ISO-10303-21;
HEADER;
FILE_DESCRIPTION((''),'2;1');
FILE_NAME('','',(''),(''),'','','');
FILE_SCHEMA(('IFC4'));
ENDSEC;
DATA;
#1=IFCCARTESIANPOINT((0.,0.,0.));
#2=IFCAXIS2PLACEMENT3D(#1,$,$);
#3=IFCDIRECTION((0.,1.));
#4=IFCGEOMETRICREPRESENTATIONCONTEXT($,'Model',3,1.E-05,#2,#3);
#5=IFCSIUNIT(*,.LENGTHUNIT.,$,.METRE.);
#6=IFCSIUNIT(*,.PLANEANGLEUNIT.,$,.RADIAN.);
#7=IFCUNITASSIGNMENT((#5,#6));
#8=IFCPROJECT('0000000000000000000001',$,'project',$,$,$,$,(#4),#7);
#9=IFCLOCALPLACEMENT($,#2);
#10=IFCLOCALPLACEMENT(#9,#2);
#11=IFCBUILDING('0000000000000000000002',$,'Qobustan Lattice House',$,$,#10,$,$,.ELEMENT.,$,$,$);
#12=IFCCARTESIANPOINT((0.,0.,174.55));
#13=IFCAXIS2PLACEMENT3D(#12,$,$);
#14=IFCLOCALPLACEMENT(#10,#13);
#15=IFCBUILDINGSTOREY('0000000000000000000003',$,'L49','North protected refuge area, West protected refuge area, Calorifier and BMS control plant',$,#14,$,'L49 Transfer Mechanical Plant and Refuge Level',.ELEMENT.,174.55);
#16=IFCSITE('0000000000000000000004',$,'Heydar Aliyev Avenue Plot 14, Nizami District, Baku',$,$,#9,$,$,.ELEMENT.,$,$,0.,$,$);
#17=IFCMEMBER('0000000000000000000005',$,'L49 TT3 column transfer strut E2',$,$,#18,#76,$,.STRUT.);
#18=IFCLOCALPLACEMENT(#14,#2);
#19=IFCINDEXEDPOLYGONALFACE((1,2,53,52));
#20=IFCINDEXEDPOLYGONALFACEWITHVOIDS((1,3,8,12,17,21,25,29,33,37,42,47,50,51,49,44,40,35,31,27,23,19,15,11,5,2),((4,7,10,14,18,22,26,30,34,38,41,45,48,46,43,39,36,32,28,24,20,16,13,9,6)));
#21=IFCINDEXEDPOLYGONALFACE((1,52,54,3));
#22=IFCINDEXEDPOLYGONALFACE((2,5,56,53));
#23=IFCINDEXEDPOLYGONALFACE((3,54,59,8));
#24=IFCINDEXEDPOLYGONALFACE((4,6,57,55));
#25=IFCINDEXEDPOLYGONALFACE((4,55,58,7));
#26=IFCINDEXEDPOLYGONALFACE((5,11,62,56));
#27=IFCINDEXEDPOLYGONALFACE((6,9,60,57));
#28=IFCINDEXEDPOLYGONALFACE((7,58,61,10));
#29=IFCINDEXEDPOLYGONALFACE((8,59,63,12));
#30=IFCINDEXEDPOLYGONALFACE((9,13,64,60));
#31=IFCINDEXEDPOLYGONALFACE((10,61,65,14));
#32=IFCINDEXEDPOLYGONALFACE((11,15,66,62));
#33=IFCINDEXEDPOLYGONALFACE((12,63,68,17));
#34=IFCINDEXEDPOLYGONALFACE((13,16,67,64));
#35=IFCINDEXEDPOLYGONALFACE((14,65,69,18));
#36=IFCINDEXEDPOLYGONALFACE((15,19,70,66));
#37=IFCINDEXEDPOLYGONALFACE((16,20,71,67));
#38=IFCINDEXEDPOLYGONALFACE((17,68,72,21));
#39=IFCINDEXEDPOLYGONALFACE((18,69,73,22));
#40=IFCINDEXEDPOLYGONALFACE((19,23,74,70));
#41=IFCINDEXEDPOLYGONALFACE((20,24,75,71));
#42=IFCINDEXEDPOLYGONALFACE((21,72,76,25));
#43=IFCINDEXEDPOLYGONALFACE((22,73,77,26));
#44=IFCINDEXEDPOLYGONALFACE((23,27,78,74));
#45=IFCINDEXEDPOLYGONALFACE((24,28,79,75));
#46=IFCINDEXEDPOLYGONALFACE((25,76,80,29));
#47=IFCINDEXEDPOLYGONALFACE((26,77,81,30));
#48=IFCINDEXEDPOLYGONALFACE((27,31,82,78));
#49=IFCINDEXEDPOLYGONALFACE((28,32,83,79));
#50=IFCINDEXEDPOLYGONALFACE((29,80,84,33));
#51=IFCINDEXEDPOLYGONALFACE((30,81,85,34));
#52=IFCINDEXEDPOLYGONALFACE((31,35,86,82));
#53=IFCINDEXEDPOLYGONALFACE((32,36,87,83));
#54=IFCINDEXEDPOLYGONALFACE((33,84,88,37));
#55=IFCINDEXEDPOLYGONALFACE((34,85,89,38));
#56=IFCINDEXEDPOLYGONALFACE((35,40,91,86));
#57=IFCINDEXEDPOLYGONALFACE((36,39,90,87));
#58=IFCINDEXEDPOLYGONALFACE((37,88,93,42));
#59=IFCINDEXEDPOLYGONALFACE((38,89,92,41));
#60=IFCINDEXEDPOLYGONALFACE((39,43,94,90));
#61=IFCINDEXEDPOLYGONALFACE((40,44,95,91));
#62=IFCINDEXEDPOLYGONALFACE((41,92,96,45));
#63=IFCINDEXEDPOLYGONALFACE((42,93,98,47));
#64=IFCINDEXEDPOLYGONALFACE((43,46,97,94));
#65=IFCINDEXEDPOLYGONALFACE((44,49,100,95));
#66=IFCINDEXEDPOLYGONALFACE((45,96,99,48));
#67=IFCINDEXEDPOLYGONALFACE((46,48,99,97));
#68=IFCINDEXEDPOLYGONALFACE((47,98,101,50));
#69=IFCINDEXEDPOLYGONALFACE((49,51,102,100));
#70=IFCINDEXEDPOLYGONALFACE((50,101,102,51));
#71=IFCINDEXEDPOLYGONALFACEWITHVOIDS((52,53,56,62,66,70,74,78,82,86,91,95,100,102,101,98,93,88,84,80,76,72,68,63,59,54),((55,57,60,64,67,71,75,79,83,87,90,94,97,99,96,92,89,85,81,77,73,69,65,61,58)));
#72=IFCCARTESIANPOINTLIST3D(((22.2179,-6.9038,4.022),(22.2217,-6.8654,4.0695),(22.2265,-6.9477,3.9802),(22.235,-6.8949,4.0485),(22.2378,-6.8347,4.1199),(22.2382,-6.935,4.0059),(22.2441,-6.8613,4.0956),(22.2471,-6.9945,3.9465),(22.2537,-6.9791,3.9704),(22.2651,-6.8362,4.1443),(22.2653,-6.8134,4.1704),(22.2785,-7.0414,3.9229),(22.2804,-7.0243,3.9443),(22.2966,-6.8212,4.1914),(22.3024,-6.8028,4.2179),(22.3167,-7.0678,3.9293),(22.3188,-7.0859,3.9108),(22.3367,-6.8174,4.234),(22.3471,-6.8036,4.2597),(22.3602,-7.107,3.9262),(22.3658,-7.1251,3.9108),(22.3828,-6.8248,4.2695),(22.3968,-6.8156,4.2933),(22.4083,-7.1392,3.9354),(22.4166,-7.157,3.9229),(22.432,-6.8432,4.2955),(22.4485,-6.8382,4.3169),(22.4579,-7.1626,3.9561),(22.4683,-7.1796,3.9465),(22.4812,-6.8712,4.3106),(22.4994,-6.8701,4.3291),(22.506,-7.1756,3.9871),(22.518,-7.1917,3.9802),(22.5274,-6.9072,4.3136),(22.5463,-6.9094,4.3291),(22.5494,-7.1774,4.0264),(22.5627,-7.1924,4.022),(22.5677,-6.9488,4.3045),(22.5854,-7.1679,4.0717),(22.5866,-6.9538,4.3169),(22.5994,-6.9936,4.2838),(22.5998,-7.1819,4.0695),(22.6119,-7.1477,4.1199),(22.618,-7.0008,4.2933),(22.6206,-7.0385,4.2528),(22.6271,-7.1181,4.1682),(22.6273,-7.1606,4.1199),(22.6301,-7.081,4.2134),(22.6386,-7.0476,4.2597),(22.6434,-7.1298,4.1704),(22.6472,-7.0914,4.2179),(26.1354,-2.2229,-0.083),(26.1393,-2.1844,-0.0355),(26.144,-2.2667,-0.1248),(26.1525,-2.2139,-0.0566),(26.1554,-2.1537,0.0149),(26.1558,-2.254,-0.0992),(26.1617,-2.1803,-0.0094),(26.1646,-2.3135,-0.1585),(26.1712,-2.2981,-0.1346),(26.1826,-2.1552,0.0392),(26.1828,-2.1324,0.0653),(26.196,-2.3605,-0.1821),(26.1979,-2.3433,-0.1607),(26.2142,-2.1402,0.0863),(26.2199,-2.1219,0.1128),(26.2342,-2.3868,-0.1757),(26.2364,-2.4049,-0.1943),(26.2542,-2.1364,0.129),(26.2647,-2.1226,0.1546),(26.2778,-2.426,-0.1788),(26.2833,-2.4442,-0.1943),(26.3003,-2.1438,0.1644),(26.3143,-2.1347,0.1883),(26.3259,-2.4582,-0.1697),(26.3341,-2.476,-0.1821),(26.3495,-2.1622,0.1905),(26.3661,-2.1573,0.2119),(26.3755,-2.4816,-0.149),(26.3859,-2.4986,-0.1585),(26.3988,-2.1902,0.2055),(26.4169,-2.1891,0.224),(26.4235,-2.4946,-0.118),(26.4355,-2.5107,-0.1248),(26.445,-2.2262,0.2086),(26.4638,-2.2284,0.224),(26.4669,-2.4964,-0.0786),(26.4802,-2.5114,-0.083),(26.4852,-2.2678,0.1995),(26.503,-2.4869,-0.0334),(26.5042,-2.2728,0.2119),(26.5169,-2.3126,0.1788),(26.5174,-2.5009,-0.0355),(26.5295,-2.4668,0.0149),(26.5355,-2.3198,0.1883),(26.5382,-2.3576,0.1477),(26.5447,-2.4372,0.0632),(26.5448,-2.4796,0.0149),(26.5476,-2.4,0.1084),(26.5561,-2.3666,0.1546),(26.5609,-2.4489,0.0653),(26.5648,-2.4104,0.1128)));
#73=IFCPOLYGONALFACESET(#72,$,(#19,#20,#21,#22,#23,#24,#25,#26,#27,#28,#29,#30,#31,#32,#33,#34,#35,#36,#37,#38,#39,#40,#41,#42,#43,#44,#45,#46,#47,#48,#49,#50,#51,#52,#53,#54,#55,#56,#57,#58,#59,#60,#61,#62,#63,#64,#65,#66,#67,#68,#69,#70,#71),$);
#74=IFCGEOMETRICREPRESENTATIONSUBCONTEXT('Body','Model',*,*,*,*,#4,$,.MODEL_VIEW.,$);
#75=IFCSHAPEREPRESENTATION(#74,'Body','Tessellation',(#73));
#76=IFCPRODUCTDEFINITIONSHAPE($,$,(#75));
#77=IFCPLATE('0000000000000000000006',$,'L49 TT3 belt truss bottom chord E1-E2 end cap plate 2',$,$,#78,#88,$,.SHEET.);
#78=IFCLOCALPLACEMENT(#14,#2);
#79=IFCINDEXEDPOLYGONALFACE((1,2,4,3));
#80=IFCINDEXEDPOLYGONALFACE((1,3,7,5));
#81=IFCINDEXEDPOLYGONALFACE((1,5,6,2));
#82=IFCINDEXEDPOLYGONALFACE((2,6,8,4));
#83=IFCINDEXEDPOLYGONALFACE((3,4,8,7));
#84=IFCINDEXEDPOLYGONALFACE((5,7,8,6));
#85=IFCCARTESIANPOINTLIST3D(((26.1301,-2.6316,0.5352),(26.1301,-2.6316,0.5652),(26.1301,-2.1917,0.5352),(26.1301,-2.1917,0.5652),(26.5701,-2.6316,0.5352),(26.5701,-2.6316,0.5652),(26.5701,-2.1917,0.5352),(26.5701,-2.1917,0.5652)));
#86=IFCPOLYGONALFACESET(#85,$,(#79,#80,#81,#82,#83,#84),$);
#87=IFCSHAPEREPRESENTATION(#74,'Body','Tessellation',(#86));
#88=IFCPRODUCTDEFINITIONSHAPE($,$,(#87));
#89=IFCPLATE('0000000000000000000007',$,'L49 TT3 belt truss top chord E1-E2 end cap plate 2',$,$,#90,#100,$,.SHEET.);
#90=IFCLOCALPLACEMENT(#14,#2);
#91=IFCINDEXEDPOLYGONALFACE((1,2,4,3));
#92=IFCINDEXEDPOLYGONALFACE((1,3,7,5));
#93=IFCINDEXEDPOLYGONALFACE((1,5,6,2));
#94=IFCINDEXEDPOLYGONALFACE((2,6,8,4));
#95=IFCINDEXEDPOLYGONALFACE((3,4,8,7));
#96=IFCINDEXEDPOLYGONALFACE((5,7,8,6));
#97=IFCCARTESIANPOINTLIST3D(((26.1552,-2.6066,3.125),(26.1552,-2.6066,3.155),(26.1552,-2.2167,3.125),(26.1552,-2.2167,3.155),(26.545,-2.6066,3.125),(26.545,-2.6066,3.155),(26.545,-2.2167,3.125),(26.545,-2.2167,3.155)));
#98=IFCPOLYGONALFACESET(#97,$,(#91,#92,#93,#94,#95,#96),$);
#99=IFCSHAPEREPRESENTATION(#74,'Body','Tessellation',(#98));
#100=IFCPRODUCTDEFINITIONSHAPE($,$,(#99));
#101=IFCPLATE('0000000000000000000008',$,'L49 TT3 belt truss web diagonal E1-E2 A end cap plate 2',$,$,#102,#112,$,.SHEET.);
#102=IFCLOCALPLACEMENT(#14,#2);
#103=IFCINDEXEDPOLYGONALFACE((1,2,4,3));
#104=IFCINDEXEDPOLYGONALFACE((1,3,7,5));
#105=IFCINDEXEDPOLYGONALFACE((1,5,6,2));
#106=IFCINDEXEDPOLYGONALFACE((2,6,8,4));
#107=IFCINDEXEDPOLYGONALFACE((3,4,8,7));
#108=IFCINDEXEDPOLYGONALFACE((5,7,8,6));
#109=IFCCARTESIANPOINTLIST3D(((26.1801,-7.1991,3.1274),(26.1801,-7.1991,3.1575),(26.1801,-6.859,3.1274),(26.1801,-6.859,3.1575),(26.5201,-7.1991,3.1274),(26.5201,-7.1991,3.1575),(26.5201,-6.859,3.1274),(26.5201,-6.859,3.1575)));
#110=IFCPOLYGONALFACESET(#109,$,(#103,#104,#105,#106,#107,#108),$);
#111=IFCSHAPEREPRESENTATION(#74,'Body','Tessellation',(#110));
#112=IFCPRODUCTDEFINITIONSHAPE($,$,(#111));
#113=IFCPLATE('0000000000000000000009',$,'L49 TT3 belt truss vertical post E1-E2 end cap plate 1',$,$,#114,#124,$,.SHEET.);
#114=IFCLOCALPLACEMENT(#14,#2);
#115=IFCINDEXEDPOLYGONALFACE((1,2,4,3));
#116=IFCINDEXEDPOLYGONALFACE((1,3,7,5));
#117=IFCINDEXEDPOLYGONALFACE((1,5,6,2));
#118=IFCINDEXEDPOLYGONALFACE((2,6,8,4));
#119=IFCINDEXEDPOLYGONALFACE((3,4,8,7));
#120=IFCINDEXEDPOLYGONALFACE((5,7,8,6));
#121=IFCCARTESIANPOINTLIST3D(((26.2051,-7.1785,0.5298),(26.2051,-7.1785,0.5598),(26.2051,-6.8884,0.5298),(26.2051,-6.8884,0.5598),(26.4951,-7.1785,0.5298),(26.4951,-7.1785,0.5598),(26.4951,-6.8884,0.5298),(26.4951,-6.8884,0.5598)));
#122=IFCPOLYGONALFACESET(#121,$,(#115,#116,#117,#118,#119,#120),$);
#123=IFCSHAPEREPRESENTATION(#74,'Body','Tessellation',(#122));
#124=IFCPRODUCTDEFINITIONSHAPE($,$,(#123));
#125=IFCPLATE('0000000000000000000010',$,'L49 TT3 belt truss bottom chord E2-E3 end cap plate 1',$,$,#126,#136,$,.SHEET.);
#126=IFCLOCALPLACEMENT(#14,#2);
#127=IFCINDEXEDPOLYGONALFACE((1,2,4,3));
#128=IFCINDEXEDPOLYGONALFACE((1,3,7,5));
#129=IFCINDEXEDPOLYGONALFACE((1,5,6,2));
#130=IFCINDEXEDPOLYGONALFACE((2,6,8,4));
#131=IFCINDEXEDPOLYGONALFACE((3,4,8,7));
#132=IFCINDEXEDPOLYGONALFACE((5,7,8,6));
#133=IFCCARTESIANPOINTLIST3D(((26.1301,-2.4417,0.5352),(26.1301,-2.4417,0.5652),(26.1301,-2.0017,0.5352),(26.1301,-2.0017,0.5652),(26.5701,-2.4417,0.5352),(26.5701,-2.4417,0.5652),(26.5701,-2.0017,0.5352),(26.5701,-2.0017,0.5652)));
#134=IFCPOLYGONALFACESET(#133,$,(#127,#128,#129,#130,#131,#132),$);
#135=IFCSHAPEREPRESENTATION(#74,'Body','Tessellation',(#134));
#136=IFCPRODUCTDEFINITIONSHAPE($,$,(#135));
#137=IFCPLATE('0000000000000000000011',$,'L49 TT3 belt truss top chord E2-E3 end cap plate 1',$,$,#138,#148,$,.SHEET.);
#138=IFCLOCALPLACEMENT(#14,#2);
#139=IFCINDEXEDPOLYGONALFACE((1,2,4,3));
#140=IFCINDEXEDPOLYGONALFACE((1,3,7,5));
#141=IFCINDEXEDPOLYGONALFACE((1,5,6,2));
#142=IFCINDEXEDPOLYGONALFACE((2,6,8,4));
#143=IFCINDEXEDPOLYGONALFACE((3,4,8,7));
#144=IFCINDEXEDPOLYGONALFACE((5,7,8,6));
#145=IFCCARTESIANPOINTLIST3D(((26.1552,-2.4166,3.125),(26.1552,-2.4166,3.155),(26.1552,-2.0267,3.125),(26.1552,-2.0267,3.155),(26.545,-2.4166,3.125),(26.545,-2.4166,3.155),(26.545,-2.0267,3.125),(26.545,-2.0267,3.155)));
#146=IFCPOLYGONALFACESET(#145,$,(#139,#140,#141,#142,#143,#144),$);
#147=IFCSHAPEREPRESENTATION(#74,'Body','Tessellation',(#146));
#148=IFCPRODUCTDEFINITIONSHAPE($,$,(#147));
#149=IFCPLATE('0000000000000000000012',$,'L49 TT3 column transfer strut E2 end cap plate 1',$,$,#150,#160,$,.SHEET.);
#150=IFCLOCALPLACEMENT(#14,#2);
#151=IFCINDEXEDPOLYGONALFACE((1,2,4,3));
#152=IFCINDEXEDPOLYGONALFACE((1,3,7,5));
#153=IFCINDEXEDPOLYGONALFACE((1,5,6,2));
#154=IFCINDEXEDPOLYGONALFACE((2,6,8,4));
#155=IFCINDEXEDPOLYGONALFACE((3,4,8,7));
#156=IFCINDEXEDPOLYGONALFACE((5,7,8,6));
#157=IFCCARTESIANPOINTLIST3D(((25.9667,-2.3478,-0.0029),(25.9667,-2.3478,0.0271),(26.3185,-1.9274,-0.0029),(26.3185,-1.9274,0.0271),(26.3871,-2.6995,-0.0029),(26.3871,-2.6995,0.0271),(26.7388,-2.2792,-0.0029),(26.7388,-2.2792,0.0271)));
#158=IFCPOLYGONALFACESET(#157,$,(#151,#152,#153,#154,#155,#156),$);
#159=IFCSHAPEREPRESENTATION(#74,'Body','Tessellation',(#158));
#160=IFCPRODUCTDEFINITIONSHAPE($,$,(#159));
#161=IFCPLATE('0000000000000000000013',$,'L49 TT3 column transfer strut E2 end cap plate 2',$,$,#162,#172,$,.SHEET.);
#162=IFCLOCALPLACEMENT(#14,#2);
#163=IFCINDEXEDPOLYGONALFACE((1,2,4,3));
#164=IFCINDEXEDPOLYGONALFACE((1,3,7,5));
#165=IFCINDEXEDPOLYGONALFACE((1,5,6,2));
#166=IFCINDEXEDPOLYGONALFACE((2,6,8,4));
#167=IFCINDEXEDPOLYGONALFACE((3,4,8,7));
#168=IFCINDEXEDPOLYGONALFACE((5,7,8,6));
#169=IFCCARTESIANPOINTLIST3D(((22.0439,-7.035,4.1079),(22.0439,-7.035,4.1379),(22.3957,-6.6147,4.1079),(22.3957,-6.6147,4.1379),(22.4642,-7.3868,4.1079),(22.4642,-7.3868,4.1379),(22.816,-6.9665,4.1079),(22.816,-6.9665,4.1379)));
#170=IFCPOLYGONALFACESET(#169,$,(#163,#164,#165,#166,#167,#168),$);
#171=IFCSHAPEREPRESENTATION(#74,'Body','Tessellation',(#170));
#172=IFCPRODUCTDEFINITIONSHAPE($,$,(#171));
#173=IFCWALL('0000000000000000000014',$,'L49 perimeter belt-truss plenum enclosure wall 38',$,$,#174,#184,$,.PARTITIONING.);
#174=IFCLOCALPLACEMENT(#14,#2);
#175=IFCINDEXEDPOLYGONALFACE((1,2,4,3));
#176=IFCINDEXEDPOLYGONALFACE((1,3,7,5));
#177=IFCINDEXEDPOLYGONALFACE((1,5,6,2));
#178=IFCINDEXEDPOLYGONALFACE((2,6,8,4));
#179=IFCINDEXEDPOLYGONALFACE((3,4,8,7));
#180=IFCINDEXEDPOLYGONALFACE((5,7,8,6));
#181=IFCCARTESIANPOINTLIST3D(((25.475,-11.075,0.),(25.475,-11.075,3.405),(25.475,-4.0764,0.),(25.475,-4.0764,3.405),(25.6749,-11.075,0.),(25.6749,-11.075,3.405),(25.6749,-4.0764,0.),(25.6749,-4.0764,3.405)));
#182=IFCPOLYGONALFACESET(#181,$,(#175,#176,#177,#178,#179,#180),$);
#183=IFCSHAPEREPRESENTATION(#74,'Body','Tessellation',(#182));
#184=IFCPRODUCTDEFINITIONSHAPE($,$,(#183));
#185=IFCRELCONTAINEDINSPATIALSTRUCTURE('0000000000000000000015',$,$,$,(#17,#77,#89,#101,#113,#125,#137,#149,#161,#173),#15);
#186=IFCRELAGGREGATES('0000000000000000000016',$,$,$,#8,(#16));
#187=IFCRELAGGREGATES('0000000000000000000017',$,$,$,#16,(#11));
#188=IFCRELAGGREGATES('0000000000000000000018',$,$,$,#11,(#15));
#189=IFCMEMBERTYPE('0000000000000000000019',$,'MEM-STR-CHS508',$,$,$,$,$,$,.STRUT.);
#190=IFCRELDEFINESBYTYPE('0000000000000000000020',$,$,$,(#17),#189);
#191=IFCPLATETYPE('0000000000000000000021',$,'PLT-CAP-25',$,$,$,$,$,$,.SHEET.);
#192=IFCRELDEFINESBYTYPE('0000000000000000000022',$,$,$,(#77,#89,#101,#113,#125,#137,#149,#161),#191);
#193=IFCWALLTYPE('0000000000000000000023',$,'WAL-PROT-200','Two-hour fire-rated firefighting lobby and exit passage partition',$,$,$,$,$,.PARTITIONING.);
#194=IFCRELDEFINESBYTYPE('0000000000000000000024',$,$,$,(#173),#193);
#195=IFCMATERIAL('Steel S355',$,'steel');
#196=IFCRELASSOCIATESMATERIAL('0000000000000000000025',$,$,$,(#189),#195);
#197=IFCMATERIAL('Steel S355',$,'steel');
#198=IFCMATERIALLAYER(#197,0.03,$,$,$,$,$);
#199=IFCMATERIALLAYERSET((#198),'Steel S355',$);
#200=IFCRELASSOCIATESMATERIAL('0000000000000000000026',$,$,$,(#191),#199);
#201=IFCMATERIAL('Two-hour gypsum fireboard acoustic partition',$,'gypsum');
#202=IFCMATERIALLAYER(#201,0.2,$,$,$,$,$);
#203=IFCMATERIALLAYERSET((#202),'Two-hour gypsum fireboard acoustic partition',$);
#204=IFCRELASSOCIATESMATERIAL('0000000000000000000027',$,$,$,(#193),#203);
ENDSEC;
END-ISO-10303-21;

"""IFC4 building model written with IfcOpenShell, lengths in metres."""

from ifc_helpers import new_model, si_unit, direction, frame, frame_2d, origin, origin_2d, place, context, subcontext, project, spatial, rectangle, hollow_circle, extrude, material, layer, layer_set, material_profile, profile_set, type_object, element, save


model = new_model("IFC4")

# Units and contexts
model_context = context("Model", 3, precision=1e-05, world=origin(), true_north=direction((0.0, 1.0)))
body_context = subcontext(model_context, "Body", "Model", "MODEL_VIEW")
ifc_project = project(units=[si_unit("LENGTHUNIT", "METRE"), si_unit("PLANEANGLEUNIT", "RADIAN")], contexts=[model_context])

# Site, building, storey
site_placement = place(None, origin())
site = spatial("IfcSite", under=ifc_project, at=site_placement, Name="Heydar Aliyev Avenue Plot 14, Nizami District, Baku", CompositionType="ELEMENT", RefElevation=0.0)
building_placement = place(site_placement, origin())
building = spatial("IfcBuilding", under=site, at=building_placement, Name="Qobustan Lattice House", CompositionType="ELEMENT")
storey_placement = place(building_placement, frame((0.0, 0.0, 174.55)))
storey = spatial("IfcBuildingStorey", under=building, at=storey_placement, Name="L49", Description="North protected refuge area, West protected refuge area, Calorifier and BMS control plant", LongName="L49 Transfer Mechanical Plant and Refuge Level", CompositionType="ELEMENT", Elevation=174.55)

# Member
ifc_material_1 = material(Name="Steel S355", Category="steel")
ifc_material_profile_1 = material_profile(ifc_material_1, hollow_circle(Radius=0.2539, WallThickness=0.02, at=origin_2d()), Name="CHS508x20")
ifc_profile_set_1 = profile_set([ifc_material_profile_1], Name="Steel S355")
member_type_1 = type_object("IfcMemberType", Name="MEM-STR-CHS508", PredefinedType="STRUT", material=ifc_profile_set_1)
member_1_placement = place(storey_placement, frame((26.3501, -2.3167, 0.0149), z_axis=(-0.532567, -0.636352, 0.558057), x_axis=(0.766872, -0.6418, 0.0)))
element("IfcMember", 1, at=member_1_placement, inside=storey, type_object=member_type_1, Name="L49 TT3 column transfer strut E2", PredefinedType="STRUT", context=body_context, shape_type="SweptSolid", body=[
    extrude(hollow_circle(Radius=0.2539, WallThickness=0.02, at=origin_2d()), origin(), (0.0, 0.0, 1.0), 7.356),
])

# Plates
ifc_material_2 = material(Name="Steel S355", Category="steel")
ifc_layer_1 = layer(ifc_material_2, 0.03)
ifc_layer_set_1 = layer_set([ifc_layer_1], Name="Steel S355")
plate_type = type_object("IfcPlateType", Name="PLT-CAP-25", PredefinedType="SHEET", material=ifc_layer_set_1)
plate_1_placement = place(storey_placement, frame((26.3501, -2.4116, 0.5352), z_axis=(0.0, 0.0, 1.0), x_axis=(0.0, 1.0, 0.0)))
element("IfcPlate", 2, at=plate_1_placement, inside=storey, type_object=plate_type, Name="L49 TT3 belt truss bottom chord E1-E2 end cap plate 2", PredefinedType="SHEET", context=body_context, shape_type="SweptSolid", body=[
    extrude(rectangle(XDim=0.4399, YDim=0.4399, at=origin_2d()), origin(), (0.0, 0.0, 1.0), 0.03),
])
plate_2_placement = place(storey_placement, frame((26.3501, -2.4116, 3.125), z_axis=(0.0, 0.0, 1.0), x_axis=(0.0, 1.0, 0.0)))
element("IfcPlate", 3, at=plate_2_placement, inside=storey, type_object=plate_type, Name="L49 TT3 belt truss top chord E1-E2 end cap plate 2", PredefinedType="SHEET", context=body_context, shape_type="SweptSolid", body=[
    extrude(rectangle(XDim=0.3899, YDim=0.3899, at=origin_2d()), origin(), (0.0, 0.0, 1.0), 0.03),
])
plate_3_placement = place(storey_placement, frame((26.3501, -7.0291, 3.1274), z_axis=(0.0, 0.0, 1.0), x_axis=(0.0, 1.0, 0.0)))
element("IfcPlate", 4, at=plate_3_placement, inside=storey, type_object=plate_type, Name="L49 TT3 belt truss web diagonal E1-E2 A end cap plate 2", PredefinedType="SHEET", context=body_context, shape_type="SweptSolid", body=[
    extrude(rectangle(XDim=0.3401, YDim=0.3401, at=origin_2d()), origin(), (0.0, 0.0, 1.0), 0.03),
])
plate_4_placement = place(storey_placement, frame((26.3501, -7.0334, 0.5298), z_axis=(0.0, 0.0, 1.0), x_axis=(1.0, 0.0, 0.0)))
element("IfcPlate", 5, at=plate_4_placement, inside=storey, type_object=plate_type, Name="L49 TT3 belt truss vertical post E1-E2 end cap plate 1", PredefinedType="SHEET", context=body_context, shape_type="SweptSolid", body=[
    extrude(rectangle(XDim=0.29, YDim=0.29, at=origin_2d()), origin(), (0.0, 0.0, 1.0), 0.03),
])
plate_5_placement = place(storey_placement, frame((26.3501, -2.2217, 0.5352), z_axis=(0.0, 0.0, 1.0), x_axis=(0.0, 1.0, 0.0)))
element("IfcPlate", 6, at=plate_5_placement, inside=storey, type_object=plate_type, Name="L49 TT3 belt truss bottom chord E2-E3 end cap plate 1", PredefinedType="SHEET", context=body_context, shape_type="SweptSolid", body=[
    extrude(rectangle(XDim=0.4399, YDim=0.4399, at=origin_2d()), origin(), (0.0, 0.0, 1.0), 0.03),
])
plate_6_placement = place(storey_placement, frame((26.3501, -2.2217, 3.125), z_axis=(0.0, 0.0, 1.0), x_axis=(0.0, 1.0, 0.0)))
element("IfcPlate", 7, at=plate_6_placement, inside=storey, type_object=plate_type, Name="L49 TT3 belt truss top chord E2-E3 end cap plate 1", PredefinedType="SHEET", context=body_context, shape_type="SweptSolid", body=[
    extrude(rectangle(XDim=0.3899, YDim=0.3899, at=origin_2d()), origin(), (0.0, 0.0, 1.0), 0.03),
])
for number, where, z_axis, x_axis, name in (
    (8, (26.3528, -2.3135, -0.0029), (0.0, 0.0, 1.0), (-0.641798, -0.766874, 0.0), "L49 TT3 column transfer strut E2 end cap plate 1"),
    (9, (22.4299, -7.0007, 4.1079), (0.0, 0.0, 1.0), (-0.641798, -0.766874, 0.0), "L49 TT3 column transfer strut E2 end cap plate 2"),
):
    element("IfcPlate", number, at=place(storey_placement, frame(where, z_axis=z_axis, x_axis=x_axis)), inside=storey, type_object=plate_type, Name=name, PredefinedType="SHEET", context=body_context, shape_type="SweptSolid", body=[
        extrude(rectangle(XDim=0.5481, YDim=0.5481, at=origin_2d()), origin(), (0.0, 0.0, 1.0), 0.03),
    ])

# Wall
ifc_material_3 = material(Name="Two-hour gypsum fireboard acoustic partition", Category="gypsum")
ifc_layer_2 = layer(ifc_material_3, 0.2)
ifc_layer_set_2 = layer_set([ifc_layer_2], Name="Two-hour gypsum fireboard acoustic partition")
wall_type = type_object("IfcWallType", Name="WAL-PROT-200", Description="Two-hour fire-rated firefighting lobby and exit passage partition", PredefinedType="PARTITIONING", material=ifc_layer_set_2)
wall_1_placement = place(storey_placement, frame((25.575, -4.0764, 0.0), z_axis=(0.0, 0.0, 1.0), x_axis=(0.0, -1.0, 0.0)))
element("IfcWall", 10, at=wall_1_placement, inside=storey, type_object=wall_type, Name="L49 perimeter belt-truss plenum enclosure wall 38", PredefinedType="PARTITIONING", context=body_context, shape_type="SweptSolid", body=[
    extrude(rectangle(XDim=6.9985, YDim=0.2, at=frame_2d((3.4993, 0.0))), origin(), (0.0, 0.0, 1.0), 3.405),
])

save(model, "model.ifc")
